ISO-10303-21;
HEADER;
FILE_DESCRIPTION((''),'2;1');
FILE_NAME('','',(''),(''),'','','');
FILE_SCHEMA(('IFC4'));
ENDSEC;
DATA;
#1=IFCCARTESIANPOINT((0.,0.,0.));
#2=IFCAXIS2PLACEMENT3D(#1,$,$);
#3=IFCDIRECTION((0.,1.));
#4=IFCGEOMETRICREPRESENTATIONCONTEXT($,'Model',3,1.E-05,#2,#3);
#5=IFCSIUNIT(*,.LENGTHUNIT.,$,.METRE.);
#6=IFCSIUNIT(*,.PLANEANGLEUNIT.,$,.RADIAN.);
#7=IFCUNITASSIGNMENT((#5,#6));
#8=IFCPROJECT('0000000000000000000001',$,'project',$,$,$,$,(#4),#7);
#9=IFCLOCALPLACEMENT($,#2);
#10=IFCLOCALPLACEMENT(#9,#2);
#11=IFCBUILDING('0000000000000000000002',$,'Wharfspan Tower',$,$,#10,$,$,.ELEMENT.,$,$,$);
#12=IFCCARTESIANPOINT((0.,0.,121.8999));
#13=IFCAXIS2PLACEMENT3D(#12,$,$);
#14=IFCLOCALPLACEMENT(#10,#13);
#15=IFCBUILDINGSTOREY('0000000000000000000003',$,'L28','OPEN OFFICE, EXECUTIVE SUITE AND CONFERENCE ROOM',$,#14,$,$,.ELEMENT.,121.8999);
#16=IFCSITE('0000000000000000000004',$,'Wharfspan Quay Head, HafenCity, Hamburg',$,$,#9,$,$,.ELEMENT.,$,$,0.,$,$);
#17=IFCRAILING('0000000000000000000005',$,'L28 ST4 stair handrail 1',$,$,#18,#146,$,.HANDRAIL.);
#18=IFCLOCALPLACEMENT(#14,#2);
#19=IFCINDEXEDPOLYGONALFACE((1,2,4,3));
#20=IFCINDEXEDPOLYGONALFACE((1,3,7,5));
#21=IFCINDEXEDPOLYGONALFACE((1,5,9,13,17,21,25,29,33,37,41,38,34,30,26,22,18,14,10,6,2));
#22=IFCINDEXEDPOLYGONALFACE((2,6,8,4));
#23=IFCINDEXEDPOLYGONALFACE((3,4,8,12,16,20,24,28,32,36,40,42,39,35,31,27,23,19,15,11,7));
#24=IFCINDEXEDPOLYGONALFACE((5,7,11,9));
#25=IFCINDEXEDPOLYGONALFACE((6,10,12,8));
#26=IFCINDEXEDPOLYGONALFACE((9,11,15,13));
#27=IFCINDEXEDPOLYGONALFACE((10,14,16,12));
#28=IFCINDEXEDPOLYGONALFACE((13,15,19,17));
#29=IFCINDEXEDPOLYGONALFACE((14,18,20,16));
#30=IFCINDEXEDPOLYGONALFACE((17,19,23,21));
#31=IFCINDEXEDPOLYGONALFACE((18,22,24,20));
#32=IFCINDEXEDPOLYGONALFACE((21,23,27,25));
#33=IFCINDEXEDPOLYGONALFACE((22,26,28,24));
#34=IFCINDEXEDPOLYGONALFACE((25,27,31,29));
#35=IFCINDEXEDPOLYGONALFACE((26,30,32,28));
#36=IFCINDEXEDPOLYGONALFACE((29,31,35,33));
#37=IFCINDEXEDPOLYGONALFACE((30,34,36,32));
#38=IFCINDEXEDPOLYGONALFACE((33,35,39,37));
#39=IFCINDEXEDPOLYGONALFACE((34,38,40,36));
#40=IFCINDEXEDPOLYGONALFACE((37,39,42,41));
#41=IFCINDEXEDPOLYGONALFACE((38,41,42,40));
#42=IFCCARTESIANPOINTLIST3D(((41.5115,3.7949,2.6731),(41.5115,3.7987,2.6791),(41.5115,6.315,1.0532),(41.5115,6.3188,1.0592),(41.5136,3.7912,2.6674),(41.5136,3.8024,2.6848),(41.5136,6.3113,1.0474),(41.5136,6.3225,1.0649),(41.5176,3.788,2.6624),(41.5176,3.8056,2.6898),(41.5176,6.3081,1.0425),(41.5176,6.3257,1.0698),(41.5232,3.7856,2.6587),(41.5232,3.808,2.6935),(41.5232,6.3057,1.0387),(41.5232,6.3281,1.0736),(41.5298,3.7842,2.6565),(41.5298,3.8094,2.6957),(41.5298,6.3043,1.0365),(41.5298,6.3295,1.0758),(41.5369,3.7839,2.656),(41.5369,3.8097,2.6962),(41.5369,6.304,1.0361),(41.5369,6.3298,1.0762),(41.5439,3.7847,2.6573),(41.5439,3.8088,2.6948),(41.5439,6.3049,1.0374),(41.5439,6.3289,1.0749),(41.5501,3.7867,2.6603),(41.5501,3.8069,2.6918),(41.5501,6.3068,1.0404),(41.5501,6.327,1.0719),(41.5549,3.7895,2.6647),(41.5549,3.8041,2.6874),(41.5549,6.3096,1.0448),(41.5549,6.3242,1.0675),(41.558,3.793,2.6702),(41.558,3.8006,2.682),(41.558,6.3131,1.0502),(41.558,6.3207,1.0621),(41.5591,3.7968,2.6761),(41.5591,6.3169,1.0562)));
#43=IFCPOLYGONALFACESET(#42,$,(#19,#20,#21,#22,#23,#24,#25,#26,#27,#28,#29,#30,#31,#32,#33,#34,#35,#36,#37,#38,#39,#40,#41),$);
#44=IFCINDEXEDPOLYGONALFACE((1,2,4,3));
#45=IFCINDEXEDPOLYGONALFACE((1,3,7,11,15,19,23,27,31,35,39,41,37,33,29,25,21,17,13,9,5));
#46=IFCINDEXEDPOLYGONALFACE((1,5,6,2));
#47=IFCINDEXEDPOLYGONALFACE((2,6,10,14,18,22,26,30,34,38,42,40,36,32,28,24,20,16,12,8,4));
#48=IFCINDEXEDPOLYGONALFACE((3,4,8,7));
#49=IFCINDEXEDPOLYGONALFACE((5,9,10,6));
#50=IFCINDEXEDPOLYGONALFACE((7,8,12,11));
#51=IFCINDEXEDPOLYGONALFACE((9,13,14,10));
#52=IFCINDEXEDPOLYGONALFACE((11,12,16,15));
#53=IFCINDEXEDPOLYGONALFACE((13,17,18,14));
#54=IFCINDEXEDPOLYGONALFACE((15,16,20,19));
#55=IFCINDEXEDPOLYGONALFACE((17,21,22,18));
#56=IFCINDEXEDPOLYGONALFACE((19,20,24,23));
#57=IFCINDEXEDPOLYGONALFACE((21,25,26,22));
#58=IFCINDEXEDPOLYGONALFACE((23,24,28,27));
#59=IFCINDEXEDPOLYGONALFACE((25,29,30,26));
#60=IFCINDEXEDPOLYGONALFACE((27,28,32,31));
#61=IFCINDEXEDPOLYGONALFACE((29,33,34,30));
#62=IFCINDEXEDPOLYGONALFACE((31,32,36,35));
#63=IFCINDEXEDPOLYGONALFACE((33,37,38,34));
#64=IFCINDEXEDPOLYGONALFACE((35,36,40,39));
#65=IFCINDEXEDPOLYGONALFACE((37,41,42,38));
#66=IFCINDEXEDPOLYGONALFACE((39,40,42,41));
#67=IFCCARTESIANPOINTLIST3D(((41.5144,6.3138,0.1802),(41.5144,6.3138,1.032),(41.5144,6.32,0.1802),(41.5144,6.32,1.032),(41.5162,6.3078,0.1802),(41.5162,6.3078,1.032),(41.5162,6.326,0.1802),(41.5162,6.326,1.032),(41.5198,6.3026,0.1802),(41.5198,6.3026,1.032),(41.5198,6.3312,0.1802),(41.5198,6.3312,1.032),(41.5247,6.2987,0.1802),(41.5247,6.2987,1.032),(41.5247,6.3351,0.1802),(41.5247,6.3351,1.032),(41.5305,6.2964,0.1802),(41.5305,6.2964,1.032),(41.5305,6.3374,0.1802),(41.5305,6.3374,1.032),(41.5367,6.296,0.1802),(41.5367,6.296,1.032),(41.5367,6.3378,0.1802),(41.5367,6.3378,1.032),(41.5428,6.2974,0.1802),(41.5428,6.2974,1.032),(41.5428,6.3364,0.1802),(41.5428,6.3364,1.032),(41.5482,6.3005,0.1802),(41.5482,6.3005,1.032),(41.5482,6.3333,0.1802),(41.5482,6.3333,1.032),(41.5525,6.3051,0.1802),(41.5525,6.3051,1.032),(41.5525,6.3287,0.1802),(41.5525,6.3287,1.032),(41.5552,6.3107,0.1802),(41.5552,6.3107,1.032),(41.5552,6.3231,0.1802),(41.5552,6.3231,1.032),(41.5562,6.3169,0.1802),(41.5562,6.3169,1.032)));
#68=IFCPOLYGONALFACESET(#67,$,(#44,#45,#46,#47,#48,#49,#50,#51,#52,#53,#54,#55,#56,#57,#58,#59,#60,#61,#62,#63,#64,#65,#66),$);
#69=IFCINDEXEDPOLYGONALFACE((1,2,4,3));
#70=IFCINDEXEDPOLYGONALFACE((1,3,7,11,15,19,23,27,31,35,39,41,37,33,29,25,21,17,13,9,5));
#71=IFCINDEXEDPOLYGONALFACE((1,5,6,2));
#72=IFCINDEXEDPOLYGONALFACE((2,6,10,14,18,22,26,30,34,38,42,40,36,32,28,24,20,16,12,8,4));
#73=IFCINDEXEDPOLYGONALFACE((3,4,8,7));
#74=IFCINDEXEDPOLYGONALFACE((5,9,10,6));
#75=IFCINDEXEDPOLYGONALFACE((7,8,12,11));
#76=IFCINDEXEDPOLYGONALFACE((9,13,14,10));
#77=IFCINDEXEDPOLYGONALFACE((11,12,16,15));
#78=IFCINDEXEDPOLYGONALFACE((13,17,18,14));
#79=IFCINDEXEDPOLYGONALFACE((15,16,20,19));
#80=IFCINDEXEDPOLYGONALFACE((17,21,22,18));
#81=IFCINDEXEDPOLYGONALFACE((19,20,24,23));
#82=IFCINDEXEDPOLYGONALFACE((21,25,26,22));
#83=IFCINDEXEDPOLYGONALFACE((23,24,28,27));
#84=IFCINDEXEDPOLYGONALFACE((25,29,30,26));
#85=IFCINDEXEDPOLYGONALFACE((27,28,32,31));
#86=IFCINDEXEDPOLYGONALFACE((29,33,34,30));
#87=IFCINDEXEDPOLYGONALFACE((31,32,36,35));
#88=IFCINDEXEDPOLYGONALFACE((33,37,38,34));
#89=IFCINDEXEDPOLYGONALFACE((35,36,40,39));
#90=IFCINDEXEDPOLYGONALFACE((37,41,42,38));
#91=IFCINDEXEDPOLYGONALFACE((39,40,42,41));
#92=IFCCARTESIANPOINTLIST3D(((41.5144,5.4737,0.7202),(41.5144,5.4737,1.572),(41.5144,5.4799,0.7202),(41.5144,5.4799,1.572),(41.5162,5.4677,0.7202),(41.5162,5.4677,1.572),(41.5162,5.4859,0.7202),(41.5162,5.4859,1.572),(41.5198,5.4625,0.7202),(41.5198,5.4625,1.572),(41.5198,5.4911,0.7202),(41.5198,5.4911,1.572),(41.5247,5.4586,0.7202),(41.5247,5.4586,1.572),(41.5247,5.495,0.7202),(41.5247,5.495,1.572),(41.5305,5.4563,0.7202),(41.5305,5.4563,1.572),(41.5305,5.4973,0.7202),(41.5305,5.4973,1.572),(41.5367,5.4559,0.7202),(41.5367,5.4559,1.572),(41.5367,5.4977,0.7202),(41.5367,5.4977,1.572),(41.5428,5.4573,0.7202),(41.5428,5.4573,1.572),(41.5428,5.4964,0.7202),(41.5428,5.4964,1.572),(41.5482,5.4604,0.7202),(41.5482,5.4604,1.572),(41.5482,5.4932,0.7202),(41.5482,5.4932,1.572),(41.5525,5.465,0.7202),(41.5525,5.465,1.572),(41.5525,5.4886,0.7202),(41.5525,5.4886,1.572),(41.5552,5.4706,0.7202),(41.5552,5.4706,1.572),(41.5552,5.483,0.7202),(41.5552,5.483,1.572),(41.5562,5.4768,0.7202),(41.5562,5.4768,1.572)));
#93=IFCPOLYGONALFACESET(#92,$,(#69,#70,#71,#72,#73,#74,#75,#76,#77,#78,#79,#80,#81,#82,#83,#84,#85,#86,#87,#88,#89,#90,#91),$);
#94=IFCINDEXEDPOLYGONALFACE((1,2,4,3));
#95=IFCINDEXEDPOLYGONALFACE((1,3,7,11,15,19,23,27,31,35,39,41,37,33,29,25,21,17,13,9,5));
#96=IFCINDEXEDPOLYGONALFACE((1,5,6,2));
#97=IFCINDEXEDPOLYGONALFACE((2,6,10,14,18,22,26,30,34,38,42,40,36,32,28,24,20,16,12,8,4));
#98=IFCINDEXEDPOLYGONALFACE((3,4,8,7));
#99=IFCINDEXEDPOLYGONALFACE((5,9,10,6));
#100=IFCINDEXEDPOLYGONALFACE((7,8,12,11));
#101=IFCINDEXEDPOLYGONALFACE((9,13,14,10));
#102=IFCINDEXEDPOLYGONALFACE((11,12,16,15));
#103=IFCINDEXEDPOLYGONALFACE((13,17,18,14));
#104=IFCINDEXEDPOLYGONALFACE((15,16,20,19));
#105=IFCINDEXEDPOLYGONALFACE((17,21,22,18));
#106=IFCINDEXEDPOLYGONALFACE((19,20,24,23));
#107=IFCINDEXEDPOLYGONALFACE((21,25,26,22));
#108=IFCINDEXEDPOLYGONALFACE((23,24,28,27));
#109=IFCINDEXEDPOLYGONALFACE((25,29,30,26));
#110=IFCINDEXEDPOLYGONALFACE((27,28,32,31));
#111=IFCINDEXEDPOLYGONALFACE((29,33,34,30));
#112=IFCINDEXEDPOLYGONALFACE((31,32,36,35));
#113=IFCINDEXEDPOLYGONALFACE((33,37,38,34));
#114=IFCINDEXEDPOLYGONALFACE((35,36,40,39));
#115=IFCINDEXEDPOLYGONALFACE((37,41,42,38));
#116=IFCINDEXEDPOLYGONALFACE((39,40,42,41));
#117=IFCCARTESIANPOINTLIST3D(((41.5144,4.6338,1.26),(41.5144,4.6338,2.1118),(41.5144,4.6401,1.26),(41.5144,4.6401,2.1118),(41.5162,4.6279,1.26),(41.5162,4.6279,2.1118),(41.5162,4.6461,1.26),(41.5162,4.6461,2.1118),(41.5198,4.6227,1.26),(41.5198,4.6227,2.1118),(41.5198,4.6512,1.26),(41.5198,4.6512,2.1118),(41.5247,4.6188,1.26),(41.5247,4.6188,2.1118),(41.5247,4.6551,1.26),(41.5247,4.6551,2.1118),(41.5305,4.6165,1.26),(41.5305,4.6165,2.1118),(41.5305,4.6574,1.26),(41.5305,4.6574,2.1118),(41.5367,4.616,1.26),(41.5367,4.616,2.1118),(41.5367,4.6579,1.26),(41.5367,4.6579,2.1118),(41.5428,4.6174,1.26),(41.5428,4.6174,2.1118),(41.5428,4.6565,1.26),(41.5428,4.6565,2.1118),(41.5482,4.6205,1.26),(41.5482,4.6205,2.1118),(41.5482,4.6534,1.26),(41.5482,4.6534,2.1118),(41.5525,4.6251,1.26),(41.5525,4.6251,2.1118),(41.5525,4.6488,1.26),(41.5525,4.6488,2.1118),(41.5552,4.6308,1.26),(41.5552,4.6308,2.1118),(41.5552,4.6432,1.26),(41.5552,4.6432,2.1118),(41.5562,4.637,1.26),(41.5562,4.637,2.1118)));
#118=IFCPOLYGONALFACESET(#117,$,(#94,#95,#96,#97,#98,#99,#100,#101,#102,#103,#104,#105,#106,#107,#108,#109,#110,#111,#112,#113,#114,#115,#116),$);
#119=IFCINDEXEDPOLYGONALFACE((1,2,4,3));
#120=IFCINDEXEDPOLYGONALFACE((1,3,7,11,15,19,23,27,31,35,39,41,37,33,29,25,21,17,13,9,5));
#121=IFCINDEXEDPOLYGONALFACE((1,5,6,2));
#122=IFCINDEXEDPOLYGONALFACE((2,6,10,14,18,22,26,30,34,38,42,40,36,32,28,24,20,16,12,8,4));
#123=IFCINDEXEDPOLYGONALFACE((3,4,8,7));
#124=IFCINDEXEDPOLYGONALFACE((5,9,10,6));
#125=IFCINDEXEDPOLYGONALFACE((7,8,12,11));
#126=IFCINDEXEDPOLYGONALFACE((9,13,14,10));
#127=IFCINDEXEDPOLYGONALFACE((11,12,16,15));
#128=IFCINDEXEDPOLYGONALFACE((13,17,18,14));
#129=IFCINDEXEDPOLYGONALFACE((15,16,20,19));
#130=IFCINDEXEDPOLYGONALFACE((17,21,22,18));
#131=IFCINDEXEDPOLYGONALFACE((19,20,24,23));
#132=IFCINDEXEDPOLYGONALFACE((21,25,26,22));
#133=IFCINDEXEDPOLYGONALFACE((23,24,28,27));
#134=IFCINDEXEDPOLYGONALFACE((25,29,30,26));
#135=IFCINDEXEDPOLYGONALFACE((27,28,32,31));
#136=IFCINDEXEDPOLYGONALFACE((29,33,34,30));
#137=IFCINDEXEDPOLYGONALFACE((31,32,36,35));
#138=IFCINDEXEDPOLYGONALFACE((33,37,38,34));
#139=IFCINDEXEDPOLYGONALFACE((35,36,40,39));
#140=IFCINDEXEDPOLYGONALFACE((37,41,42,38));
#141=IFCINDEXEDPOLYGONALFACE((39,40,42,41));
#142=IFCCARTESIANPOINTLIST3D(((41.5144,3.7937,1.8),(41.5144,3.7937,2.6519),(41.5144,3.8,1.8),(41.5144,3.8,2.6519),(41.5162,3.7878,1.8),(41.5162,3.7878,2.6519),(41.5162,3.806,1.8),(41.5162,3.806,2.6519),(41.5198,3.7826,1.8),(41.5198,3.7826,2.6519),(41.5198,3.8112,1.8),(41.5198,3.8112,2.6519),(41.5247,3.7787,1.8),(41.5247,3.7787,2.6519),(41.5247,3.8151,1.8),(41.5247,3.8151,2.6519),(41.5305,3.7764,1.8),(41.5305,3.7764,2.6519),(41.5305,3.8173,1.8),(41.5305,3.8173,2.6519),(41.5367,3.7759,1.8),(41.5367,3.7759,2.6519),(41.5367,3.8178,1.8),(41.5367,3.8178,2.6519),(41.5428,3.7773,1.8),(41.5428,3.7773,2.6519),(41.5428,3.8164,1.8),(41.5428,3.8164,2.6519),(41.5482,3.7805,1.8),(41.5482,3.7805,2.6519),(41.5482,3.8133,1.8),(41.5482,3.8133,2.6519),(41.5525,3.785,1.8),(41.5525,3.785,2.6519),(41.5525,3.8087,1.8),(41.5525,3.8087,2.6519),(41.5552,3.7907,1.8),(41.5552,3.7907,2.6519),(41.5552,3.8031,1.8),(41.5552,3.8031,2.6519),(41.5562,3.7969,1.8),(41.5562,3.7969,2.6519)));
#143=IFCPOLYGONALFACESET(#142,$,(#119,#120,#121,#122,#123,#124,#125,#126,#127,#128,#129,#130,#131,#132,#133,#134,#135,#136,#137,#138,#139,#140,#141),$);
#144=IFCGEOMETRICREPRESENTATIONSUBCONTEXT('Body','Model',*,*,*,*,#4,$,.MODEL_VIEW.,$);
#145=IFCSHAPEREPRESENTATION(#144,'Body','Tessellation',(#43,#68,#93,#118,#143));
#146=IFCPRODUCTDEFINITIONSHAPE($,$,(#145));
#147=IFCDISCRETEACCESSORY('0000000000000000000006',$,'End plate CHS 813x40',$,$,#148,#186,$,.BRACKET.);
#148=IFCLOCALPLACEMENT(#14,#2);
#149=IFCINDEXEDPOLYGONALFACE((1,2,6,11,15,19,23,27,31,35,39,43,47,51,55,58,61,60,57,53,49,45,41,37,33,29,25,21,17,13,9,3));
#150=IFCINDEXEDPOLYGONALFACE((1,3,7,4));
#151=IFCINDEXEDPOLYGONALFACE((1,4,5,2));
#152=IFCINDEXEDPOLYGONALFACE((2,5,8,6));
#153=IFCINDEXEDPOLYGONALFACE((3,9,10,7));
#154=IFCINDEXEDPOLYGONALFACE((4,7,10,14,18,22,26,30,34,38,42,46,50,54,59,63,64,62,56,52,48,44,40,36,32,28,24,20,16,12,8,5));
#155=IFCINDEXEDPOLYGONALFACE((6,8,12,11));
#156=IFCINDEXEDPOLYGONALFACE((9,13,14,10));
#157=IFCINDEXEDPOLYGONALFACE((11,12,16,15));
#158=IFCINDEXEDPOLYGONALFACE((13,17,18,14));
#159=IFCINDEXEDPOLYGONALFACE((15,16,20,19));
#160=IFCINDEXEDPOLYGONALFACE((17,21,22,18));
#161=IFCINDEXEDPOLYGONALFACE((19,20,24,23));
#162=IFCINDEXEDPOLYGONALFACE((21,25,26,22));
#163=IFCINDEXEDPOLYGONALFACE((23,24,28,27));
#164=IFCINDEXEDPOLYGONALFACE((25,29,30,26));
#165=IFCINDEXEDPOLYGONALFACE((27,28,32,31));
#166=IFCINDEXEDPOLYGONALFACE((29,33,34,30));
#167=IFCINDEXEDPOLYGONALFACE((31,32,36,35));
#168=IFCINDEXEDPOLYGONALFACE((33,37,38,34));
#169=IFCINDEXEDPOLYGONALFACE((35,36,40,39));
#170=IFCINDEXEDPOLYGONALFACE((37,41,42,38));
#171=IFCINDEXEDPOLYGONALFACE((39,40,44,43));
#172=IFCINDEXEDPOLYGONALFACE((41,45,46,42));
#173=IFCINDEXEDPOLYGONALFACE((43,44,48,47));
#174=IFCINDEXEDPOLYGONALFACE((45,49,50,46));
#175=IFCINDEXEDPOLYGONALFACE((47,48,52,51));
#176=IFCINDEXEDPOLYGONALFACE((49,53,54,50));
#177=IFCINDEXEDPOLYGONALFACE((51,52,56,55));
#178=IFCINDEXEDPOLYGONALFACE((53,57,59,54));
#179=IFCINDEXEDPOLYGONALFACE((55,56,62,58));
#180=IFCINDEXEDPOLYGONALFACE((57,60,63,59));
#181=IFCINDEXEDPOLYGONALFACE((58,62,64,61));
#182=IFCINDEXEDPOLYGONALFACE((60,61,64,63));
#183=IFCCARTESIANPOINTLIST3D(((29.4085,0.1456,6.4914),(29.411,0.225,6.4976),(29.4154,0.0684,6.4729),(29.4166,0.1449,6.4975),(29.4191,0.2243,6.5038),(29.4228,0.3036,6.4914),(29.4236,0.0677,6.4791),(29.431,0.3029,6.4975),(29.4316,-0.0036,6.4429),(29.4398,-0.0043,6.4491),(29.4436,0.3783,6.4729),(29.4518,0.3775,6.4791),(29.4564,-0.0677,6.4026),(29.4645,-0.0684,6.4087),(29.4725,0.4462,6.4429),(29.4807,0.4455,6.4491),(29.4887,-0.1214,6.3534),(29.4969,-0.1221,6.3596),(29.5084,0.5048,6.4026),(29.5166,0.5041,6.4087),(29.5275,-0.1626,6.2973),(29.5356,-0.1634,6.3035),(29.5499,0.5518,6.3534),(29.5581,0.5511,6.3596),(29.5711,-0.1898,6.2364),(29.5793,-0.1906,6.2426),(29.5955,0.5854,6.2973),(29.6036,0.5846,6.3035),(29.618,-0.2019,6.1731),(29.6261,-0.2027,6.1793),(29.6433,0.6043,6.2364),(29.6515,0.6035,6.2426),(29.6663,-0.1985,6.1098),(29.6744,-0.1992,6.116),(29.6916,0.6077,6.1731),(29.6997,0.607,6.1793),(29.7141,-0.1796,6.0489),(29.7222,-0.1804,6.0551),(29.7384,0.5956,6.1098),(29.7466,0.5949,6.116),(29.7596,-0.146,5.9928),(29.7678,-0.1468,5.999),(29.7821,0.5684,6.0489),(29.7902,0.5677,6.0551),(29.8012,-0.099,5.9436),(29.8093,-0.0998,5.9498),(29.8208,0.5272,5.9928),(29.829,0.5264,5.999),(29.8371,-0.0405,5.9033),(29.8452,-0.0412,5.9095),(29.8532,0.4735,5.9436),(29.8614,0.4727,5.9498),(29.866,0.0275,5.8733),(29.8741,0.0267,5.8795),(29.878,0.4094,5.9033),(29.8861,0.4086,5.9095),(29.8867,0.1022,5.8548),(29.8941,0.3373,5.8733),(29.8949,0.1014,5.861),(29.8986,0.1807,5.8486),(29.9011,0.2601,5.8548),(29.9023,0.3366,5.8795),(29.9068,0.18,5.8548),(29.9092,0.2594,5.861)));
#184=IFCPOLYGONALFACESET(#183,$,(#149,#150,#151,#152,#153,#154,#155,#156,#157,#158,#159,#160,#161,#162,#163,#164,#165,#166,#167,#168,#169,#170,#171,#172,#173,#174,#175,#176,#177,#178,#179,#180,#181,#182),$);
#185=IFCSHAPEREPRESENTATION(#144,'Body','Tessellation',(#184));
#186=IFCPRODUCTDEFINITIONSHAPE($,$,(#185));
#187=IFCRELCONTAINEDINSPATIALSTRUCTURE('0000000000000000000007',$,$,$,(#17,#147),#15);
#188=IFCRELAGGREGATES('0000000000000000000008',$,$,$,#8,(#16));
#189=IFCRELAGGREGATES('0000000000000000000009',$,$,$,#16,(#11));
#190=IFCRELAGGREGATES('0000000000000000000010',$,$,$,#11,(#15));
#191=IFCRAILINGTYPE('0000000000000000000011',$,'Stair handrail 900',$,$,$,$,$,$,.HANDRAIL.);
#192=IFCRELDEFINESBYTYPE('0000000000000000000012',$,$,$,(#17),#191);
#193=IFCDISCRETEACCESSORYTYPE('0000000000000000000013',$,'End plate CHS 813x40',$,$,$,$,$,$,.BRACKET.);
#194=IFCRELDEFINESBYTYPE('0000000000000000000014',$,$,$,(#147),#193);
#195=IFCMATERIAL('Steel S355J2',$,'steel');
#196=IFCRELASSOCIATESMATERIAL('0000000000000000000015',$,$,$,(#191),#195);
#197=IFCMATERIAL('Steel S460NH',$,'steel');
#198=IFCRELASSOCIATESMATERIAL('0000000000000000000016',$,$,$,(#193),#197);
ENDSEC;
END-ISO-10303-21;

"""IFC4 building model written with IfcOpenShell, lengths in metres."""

from ifc_helpers import new_model, si_unit, direction, frame, origin, origin_2d, place, context, subcontext, project, spatial, circle, extrude, material, material_profile, profile_set, type_object, element, save


model = new_model("IFC4")

# Units and contexts
model_context = context("Model", 3, precision=1e-05, world=origin(), true_north=direction((0.0, 1.0)))
body_context = subcontext(model_context, "Body", "Model", "MODEL_VIEW")
ifc_project = project(units=[si_unit("LENGTHUNIT", "METRE"), si_unit("PLANEANGLEUNIT", "RADIAN")], contexts=[model_context])

# Site, building, storey
site_placement = place(None, origin())
site = spatial("IfcSite", under=ifc_project, at=site_placement, Name="Wharfspan Quay Head, HafenCity, Hamburg", CompositionType="ELEMENT", RefElevation=0.0)
building_placement = place(site_placement, origin())
building = spatial("IfcBuilding", under=site, at=building_placement, Name="Wharfspan Tower", CompositionType="ELEMENT")
storey_placement = place(building_placement, frame((0.0, 0.0, 121.8999)))
storey = spatial("IfcBuildingStorey", under=building, at=storey_placement, Name="L28", Description="OPEN OFFICE, EXECUTIVE SUITE AND CONFERENCE ROOM", CompositionType="ELEMENT", Elevation=121.8999)

# Shared definitions
ifc_material_1 = material(Name="Steel S355J2", Category="steel")

# Shared definitions
ifc_material_2 = material(Name="Steel S460NH", Category="steel")

# Railing
railing_type = type_object("IfcRailingType", Name="Stair handrail 900", PredefinedType="HANDRAIL", material=ifc_material_1)
railing_placement = place(storey_placement, frame((41.5352, 6.3169, 0.1802)))
element("IfcRailing", 1, at=railing_placement, inside=storey, type_object=railing_type, Name="L28 ST4 stair handrail 1", PredefinedType="HANDRAIL", context=body_context, shape_type="SweptSolid", body=[
    extrude(circle(Radius=0.0239, at=origin_2d()), frame((0.0, 0.0, 0.876), z_axis=(0.0, -0.8412, 0.540725), x_axis=(1.0, 0.0, 0.0)), (0.0, 0.0, 1.0), 2.9958),
    extrude(circle(Radius=0.021, at=origin_2d()), origin(), (0.0, 0.0, 1.0), 0.8518),
    extrude(circle(Radius=0.021, at=origin_2d()), frame((0.0, -0.8401, 0.54)), (0.0, 0.0, 1.0), 0.8518),
    extrude(circle(Radius=0.021, at=origin_2d()), frame((0.0, -1.6799, 1.0798)), (0.0, 0.0, 1.0), 0.8518),
    extrude(circle(Radius=0.021, at=origin_2d()), frame((0.0, -2.52, 1.6199)), (0.0, 0.0, 1.0), 0.8518),
])

# Discrete accessory
ifc_material_profile_1 = material_profile(ifc_material_2, circle(Radius=0.4065, at=origin_2d()))
ifc_profile_set_1 = profile_set([ifc_material_profile_1], Name="Steel S460NH")
discrete_accessory_type = type_object("IfcDiscreteAccessoryType", Name="End plate CHS 813x40", PredefinedType="BRACKET", material=ifc_profile_set_1)
for number, where, z_axis, x_axis, name in (
    (2, (29.6548, 0.2029, 6.1731), (0.795008, -0.072273, 0.602279), (0.090536, 0.995894, -0.000001), "End plate CHS 813x40"),
):
    element("IfcDiscreteAccessory", number, at=place(storey_placement, frame(where, z_axis=z_axis, x_axis=x_axis)), inside=storey, type_object=discrete_accessory_type, Name=name, PredefinedType="BRACKET", context=body_context, shape_type="SweptSolid", body=[
        extrude(circle(Radius=0.4065, at=origin_2d()), origin(), (0.0, 0.0, 1.0), 0.0103),
    ])

save(model, "model.ifc")
